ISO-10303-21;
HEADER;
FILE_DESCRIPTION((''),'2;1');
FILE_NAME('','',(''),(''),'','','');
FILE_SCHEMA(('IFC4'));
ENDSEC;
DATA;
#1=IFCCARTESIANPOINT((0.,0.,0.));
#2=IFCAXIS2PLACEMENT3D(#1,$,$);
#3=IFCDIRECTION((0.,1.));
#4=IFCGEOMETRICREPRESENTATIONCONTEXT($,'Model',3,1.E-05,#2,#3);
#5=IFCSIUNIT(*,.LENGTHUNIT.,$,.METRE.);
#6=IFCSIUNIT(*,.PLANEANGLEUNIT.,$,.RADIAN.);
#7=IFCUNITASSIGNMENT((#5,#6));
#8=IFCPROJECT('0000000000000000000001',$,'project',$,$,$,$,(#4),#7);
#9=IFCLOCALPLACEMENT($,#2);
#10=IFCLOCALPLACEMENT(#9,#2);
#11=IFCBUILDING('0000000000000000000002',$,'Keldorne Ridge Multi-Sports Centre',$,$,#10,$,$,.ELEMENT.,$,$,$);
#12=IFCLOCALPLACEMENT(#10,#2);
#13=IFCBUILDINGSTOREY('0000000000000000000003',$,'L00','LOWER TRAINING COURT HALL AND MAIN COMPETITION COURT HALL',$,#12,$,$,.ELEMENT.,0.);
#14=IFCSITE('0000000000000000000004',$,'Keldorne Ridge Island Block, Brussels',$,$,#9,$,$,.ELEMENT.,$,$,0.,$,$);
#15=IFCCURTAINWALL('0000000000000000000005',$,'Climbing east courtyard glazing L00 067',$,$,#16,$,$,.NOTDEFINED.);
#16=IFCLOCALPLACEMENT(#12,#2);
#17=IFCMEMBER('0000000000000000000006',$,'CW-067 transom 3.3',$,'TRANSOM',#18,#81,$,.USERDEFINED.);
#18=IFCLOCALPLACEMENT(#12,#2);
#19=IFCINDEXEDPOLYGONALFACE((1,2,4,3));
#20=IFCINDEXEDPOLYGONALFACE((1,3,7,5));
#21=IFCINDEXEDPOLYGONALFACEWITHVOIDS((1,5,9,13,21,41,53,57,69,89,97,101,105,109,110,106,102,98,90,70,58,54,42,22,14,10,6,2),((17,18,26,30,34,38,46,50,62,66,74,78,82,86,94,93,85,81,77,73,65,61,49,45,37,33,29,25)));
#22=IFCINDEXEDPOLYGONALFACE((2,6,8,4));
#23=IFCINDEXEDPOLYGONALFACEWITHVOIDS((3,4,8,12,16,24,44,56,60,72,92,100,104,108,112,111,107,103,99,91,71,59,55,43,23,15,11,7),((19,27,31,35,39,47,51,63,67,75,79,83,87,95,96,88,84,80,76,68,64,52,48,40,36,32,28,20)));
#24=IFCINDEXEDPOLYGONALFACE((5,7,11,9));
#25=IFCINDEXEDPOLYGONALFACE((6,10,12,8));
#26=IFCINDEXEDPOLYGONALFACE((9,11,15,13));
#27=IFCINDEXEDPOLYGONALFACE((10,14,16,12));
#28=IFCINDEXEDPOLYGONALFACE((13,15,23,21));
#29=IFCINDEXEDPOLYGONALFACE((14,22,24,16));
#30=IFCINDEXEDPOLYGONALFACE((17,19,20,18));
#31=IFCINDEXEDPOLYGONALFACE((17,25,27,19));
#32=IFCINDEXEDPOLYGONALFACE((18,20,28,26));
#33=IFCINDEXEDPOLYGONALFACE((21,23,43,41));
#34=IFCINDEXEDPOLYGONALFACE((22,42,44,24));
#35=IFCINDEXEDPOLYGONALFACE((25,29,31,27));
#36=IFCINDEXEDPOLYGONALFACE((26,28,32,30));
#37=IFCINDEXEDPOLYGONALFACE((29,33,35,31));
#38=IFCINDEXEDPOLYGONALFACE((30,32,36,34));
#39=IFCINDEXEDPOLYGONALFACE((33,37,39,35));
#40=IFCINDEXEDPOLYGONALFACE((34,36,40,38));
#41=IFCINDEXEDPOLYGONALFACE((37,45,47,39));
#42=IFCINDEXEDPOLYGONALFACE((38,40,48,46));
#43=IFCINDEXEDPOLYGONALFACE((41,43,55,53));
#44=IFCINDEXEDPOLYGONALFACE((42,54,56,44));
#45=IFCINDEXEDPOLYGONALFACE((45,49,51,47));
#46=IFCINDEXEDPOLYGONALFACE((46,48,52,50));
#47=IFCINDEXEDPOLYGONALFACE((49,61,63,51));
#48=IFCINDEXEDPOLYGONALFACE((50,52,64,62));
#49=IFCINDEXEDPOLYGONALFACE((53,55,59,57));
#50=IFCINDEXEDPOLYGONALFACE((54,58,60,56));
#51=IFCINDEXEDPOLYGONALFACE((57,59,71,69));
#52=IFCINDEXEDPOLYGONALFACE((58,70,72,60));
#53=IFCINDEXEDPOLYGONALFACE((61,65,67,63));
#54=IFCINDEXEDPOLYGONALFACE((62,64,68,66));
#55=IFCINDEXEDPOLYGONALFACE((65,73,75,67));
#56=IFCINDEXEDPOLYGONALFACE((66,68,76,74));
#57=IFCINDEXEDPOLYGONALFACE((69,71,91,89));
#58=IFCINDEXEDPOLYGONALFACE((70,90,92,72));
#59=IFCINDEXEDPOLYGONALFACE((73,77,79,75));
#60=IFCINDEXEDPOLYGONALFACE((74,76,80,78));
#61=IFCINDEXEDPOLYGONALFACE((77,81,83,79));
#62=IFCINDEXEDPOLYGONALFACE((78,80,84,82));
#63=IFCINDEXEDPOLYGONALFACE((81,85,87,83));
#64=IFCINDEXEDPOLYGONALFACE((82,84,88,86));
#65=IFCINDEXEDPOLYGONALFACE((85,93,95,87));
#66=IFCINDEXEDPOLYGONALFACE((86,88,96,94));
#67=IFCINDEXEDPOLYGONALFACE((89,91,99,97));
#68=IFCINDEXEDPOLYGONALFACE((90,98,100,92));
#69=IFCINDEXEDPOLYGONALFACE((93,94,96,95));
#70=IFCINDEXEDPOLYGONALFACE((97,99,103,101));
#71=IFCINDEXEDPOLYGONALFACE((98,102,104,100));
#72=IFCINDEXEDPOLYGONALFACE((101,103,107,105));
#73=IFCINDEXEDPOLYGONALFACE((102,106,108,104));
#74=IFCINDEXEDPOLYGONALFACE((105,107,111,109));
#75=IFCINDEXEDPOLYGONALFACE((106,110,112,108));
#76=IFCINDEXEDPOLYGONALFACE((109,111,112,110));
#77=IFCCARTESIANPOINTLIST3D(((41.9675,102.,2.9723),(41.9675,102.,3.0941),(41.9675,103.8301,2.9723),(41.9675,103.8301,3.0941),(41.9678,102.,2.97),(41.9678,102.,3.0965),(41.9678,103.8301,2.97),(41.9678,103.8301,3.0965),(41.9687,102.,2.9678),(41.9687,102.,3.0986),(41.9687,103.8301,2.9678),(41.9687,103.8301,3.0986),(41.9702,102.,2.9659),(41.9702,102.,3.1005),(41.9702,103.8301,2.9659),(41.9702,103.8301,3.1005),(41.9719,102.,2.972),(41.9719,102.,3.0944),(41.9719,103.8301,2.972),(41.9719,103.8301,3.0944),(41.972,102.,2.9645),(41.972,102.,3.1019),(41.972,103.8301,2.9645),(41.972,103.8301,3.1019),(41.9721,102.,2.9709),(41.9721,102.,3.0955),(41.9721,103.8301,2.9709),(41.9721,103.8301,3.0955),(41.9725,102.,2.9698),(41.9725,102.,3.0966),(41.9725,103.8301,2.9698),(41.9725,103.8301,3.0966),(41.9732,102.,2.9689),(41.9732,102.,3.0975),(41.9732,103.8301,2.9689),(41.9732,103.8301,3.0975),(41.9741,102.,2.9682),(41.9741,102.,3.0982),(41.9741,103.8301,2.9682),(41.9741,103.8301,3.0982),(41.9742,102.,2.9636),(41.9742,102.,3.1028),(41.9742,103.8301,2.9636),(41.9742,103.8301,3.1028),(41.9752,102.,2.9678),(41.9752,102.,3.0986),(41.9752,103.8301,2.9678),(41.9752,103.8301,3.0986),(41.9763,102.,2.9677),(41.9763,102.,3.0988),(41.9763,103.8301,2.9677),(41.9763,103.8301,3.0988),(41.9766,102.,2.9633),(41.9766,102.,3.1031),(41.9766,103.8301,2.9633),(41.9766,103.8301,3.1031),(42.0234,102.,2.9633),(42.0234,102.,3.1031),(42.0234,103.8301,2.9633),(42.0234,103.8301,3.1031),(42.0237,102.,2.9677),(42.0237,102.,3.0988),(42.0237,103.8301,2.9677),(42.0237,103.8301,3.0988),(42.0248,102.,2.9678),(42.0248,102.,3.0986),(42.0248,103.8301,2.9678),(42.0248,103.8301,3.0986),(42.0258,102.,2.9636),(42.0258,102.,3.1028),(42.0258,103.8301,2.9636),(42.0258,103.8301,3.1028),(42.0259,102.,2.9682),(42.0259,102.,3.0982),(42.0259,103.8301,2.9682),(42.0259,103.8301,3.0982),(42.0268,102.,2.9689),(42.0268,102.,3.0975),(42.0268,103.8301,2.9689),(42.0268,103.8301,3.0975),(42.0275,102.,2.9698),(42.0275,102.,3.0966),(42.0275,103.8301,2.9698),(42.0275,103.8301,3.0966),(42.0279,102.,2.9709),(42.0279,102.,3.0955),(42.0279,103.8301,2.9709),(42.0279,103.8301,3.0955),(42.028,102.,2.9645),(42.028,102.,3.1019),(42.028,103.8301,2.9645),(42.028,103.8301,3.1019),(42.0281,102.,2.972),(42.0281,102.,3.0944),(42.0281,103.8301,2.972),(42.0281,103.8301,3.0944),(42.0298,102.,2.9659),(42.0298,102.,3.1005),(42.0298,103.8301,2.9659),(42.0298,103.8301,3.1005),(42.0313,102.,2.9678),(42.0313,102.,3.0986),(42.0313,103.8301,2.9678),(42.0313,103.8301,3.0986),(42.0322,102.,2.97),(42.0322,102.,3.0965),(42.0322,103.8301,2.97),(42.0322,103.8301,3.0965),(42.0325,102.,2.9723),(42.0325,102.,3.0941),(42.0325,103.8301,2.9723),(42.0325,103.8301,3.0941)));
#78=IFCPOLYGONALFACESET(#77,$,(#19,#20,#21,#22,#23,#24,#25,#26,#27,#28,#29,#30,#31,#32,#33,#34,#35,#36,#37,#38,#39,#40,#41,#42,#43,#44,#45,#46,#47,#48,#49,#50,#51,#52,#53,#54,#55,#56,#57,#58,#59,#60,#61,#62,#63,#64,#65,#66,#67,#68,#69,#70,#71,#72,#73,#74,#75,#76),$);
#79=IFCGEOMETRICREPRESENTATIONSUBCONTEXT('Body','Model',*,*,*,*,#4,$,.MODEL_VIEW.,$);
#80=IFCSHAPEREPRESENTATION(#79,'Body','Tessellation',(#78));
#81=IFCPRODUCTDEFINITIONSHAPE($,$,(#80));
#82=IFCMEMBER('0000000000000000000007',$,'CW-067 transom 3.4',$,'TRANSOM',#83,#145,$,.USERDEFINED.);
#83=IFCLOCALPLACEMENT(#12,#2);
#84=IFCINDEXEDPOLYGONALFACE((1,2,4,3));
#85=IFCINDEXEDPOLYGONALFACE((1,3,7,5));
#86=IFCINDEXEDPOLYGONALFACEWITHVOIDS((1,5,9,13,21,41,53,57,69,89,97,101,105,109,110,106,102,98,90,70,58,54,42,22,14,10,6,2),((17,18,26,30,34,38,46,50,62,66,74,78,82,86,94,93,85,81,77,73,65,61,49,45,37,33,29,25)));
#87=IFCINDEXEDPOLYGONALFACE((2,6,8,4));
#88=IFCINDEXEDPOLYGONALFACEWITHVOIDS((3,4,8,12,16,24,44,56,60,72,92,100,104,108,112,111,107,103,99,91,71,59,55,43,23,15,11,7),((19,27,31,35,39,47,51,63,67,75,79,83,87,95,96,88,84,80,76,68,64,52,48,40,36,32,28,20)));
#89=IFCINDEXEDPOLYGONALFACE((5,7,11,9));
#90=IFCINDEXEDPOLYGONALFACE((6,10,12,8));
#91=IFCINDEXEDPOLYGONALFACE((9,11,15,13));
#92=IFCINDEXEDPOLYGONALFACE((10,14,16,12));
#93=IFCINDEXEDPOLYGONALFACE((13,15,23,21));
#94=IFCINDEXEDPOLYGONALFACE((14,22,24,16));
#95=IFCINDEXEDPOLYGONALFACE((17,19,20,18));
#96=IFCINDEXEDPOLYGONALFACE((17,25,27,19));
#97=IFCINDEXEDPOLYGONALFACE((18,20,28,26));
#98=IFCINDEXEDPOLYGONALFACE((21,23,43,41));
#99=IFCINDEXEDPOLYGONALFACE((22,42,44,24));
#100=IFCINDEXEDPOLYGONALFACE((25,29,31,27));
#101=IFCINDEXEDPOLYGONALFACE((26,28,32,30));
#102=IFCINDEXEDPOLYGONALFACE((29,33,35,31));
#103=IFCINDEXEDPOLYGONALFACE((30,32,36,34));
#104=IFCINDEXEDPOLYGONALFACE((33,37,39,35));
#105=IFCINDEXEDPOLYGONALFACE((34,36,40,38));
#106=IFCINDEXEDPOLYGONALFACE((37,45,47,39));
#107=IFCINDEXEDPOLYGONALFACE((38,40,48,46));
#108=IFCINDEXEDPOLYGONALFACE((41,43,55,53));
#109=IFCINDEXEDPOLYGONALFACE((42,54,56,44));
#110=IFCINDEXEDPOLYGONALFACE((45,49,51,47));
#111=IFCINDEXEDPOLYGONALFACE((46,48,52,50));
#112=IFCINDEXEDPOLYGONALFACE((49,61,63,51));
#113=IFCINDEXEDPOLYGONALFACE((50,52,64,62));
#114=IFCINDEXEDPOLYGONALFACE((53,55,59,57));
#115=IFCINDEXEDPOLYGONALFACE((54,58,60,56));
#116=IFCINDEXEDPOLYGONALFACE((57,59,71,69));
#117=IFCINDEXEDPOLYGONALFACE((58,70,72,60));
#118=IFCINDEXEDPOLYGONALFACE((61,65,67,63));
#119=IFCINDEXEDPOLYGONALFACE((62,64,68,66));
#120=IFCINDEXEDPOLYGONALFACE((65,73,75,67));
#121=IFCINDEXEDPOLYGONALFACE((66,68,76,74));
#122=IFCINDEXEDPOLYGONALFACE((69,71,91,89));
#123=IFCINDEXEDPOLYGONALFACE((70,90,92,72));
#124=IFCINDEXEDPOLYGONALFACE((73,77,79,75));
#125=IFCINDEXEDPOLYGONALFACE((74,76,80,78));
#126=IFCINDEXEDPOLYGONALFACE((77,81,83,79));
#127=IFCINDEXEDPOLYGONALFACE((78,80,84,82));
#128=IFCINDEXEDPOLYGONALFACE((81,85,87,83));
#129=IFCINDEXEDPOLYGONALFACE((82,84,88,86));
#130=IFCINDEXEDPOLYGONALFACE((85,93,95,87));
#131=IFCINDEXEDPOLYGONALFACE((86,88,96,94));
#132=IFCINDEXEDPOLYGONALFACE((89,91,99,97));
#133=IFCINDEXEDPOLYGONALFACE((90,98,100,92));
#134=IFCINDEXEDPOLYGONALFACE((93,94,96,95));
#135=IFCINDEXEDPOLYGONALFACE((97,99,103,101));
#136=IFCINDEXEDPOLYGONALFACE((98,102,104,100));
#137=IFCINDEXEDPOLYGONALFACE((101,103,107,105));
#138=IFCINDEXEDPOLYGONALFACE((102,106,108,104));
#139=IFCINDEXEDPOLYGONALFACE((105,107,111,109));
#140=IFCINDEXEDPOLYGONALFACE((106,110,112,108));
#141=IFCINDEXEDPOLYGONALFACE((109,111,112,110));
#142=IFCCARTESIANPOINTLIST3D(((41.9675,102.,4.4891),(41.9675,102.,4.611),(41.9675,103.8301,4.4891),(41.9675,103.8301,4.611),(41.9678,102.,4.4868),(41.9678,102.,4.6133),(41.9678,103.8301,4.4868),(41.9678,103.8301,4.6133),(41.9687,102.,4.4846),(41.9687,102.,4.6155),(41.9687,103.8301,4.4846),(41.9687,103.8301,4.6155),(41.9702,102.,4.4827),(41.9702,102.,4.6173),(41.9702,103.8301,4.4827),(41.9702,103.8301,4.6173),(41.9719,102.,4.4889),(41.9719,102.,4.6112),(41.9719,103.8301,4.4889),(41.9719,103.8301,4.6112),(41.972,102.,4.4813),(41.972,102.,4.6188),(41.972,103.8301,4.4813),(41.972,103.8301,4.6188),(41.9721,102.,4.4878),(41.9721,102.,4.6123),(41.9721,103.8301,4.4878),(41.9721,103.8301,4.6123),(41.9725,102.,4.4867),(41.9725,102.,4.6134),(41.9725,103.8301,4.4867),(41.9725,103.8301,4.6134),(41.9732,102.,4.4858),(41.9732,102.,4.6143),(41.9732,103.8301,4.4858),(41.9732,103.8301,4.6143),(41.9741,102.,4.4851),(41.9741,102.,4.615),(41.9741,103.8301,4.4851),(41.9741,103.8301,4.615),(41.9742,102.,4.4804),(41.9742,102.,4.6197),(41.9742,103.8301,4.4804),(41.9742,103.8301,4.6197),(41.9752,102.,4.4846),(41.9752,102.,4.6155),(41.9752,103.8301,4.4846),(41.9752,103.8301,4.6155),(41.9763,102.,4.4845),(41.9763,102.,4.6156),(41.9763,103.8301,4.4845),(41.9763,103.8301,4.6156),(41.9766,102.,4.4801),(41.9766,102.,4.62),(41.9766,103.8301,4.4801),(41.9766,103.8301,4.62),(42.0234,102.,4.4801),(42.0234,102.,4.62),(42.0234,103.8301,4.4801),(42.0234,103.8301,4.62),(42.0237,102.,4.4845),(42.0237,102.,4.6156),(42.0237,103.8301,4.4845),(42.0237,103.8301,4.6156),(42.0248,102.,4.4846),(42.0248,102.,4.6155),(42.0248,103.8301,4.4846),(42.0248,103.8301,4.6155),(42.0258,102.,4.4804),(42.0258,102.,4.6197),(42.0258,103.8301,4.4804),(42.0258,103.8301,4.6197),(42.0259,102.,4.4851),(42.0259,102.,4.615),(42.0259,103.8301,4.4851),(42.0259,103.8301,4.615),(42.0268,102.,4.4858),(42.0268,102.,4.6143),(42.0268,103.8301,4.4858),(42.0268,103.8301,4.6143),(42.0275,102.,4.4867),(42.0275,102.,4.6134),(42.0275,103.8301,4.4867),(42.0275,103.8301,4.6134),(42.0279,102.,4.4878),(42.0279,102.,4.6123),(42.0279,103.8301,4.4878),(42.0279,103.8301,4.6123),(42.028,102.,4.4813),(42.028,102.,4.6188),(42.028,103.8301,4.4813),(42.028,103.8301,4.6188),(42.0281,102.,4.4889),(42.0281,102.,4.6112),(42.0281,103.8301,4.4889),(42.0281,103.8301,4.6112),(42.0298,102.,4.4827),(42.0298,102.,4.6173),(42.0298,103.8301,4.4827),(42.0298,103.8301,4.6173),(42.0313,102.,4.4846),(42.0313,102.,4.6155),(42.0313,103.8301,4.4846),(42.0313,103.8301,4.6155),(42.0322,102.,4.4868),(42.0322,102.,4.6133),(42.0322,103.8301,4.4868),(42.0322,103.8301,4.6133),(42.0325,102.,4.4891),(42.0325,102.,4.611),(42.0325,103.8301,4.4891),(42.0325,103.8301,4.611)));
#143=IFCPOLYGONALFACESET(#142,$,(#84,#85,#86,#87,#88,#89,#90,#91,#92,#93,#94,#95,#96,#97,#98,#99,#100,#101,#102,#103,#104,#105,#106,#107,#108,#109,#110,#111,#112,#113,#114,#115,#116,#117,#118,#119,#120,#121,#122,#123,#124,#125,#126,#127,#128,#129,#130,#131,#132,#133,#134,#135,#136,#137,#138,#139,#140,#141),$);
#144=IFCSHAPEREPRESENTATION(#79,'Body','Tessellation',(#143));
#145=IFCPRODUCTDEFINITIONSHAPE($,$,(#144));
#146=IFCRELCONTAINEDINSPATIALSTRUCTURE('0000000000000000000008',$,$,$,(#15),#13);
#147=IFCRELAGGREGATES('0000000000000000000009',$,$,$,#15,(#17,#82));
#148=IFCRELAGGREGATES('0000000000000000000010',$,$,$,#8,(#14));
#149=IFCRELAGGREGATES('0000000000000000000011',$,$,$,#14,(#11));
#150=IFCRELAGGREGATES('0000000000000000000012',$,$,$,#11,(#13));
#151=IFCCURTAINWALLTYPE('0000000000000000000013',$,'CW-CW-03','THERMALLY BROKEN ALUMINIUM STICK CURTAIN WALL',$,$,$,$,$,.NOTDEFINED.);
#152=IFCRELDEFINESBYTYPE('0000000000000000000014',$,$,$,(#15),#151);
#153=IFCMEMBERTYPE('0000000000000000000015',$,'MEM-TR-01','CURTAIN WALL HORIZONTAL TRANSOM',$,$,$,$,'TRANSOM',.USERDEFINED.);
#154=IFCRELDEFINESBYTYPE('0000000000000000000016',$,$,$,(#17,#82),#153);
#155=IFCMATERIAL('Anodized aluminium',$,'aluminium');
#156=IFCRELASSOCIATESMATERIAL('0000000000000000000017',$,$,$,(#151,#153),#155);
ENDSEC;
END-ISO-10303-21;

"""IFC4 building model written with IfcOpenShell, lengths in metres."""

from ifc_helpers import new_model, si_unit, direction, frame, origin, origin_2d, place, context, subcontext, project, spatial, hollow_rectangle, extrude, material, material_profile, profile_set, type_object, element, aggregate, save


model = new_model("IFC4")

# Units and contexts
model_context = context("Model", 3, precision=1e-05, world=origin(), true_north=direction((0.0, 1.0)))
body_context = subcontext(model_context, "Body", "Model", "MODEL_VIEW")
ifc_project = project(units=[si_unit("LENGTHUNIT", "METRE"), si_unit("PLANEANGLEUNIT", "RADIAN")], contexts=[model_context])

# Site, building, storey
site_placement = place(None, origin())
site = spatial("IfcSite", under=ifc_project, at=site_placement, Name="Keldorne Ridge Island Block, Brussels", CompositionType="ELEMENT", RefElevation=0.0)
building_placement = place(site_placement, origin())
building = spatial("IfcBuilding", under=site, at=building_placement, Name="Keldorne Ridge Multi-Sports Centre", CompositionType="ELEMENT")
storey_placement = place(building_placement, origin())
storey = spatial("IfcBuildingStorey", under=building, at=storey_placement, Name="L00", Description="LOWER TRAINING COURT HALL AND MAIN COMPETITION COURT HALL", CompositionType="ELEMENT", Elevation=0.0)

# Shared definitions
ifc_material_1 = material(Name="Anodized aluminium", Category="aluminium")

# Curtain wall, members
curtain_wall_type_1 = type_object("IfcCurtainWallType", Name="CW-CW-03", Description="THERMALLY BROKEN ALUMINIUM STICK CURTAIN WALL", PredefinedType="NOTDEFINED", material=ifc_material_1)
curtain_wall_1_placement = place(storey_placement, origin())
curtain_wall_1 = element("IfcCurtainWall", 1, at=curtain_wall_1_placement, inside=storey, type_object=curtain_wall_type_1, Name="Climbing east courtyard glazing L00 067", PredefinedType="NOTDEFINED")
ifc_material_profile_1 = material_profile(ifc_material_1, hollow_rectangle(XDim=0.0649, YDim=0.1399, WallThickness=0.0044, InnerFilletRadius=0.0044, OuterFilletRadius=0.009, at=origin_2d()), Name="ALU TRANSOM 140x65x4.5")
ifc_profile_set_1 = profile_set([ifc_material_profile_1], Name="Anodized aluminium")
member_type_1 = type_object("IfcMemberType", Name="MEM-TR-01", Description="CURTAIN WALL HORIZONTAL TRANSOM", ElementType="TRANSOM", PredefinedType="USERDEFINED", material=ifc_profile_set_1)
member_1_placement = place(storey_placement, frame((42.0, 102.0, 3.0332), z_axis=(0.0, 1.0, 0.0), x_axis=(-1.0, 0.0, 0.0)))
member_1 = element("IfcMember", 2, at=member_1_placement, type_object=member_type_1, Name="CW-067 transom 3.3", ObjectType="TRANSOM", PredefinedType="USERDEFINED", context=body_context, shape_type="SweptSolid", body=[
    extrude(hollow_rectangle(XDim=0.0649, YDim=0.1399, WallThickness=0.0044, InnerFilletRadius=0.0044, OuterFilletRadius=0.009, at=origin_2d()), origin(), (0.0, 0.0, 1.0), 1.8301),
])
member_2_placement = place(storey_placement, frame((42.0, 102.0, 4.55), z_axis=(0.0, 1.0, 0.0), x_axis=(-1.0, 0.0, 0.0)))
member_2 = element("IfcMember", 3, at=member_2_placement, type_object=member_type_1, Name="CW-067 transom 3.4", ObjectType="TRANSOM", PredefinedType="USERDEFINED", context=body_context, shape_type="SweptSolid", body=[
    extrude(hollow_rectangle(XDim=0.0649, YDim=0.1399, WallThickness=0.0044, InnerFilletRadius=0.0044, OuterFilletRadius=0.009, at=origin_2d()), origin(), (0.0, 0.0, 1.0), 1.8301),
])

aggregate(curtain_wall_1, [member_1, member_2])

save(model, "model.ifc")
